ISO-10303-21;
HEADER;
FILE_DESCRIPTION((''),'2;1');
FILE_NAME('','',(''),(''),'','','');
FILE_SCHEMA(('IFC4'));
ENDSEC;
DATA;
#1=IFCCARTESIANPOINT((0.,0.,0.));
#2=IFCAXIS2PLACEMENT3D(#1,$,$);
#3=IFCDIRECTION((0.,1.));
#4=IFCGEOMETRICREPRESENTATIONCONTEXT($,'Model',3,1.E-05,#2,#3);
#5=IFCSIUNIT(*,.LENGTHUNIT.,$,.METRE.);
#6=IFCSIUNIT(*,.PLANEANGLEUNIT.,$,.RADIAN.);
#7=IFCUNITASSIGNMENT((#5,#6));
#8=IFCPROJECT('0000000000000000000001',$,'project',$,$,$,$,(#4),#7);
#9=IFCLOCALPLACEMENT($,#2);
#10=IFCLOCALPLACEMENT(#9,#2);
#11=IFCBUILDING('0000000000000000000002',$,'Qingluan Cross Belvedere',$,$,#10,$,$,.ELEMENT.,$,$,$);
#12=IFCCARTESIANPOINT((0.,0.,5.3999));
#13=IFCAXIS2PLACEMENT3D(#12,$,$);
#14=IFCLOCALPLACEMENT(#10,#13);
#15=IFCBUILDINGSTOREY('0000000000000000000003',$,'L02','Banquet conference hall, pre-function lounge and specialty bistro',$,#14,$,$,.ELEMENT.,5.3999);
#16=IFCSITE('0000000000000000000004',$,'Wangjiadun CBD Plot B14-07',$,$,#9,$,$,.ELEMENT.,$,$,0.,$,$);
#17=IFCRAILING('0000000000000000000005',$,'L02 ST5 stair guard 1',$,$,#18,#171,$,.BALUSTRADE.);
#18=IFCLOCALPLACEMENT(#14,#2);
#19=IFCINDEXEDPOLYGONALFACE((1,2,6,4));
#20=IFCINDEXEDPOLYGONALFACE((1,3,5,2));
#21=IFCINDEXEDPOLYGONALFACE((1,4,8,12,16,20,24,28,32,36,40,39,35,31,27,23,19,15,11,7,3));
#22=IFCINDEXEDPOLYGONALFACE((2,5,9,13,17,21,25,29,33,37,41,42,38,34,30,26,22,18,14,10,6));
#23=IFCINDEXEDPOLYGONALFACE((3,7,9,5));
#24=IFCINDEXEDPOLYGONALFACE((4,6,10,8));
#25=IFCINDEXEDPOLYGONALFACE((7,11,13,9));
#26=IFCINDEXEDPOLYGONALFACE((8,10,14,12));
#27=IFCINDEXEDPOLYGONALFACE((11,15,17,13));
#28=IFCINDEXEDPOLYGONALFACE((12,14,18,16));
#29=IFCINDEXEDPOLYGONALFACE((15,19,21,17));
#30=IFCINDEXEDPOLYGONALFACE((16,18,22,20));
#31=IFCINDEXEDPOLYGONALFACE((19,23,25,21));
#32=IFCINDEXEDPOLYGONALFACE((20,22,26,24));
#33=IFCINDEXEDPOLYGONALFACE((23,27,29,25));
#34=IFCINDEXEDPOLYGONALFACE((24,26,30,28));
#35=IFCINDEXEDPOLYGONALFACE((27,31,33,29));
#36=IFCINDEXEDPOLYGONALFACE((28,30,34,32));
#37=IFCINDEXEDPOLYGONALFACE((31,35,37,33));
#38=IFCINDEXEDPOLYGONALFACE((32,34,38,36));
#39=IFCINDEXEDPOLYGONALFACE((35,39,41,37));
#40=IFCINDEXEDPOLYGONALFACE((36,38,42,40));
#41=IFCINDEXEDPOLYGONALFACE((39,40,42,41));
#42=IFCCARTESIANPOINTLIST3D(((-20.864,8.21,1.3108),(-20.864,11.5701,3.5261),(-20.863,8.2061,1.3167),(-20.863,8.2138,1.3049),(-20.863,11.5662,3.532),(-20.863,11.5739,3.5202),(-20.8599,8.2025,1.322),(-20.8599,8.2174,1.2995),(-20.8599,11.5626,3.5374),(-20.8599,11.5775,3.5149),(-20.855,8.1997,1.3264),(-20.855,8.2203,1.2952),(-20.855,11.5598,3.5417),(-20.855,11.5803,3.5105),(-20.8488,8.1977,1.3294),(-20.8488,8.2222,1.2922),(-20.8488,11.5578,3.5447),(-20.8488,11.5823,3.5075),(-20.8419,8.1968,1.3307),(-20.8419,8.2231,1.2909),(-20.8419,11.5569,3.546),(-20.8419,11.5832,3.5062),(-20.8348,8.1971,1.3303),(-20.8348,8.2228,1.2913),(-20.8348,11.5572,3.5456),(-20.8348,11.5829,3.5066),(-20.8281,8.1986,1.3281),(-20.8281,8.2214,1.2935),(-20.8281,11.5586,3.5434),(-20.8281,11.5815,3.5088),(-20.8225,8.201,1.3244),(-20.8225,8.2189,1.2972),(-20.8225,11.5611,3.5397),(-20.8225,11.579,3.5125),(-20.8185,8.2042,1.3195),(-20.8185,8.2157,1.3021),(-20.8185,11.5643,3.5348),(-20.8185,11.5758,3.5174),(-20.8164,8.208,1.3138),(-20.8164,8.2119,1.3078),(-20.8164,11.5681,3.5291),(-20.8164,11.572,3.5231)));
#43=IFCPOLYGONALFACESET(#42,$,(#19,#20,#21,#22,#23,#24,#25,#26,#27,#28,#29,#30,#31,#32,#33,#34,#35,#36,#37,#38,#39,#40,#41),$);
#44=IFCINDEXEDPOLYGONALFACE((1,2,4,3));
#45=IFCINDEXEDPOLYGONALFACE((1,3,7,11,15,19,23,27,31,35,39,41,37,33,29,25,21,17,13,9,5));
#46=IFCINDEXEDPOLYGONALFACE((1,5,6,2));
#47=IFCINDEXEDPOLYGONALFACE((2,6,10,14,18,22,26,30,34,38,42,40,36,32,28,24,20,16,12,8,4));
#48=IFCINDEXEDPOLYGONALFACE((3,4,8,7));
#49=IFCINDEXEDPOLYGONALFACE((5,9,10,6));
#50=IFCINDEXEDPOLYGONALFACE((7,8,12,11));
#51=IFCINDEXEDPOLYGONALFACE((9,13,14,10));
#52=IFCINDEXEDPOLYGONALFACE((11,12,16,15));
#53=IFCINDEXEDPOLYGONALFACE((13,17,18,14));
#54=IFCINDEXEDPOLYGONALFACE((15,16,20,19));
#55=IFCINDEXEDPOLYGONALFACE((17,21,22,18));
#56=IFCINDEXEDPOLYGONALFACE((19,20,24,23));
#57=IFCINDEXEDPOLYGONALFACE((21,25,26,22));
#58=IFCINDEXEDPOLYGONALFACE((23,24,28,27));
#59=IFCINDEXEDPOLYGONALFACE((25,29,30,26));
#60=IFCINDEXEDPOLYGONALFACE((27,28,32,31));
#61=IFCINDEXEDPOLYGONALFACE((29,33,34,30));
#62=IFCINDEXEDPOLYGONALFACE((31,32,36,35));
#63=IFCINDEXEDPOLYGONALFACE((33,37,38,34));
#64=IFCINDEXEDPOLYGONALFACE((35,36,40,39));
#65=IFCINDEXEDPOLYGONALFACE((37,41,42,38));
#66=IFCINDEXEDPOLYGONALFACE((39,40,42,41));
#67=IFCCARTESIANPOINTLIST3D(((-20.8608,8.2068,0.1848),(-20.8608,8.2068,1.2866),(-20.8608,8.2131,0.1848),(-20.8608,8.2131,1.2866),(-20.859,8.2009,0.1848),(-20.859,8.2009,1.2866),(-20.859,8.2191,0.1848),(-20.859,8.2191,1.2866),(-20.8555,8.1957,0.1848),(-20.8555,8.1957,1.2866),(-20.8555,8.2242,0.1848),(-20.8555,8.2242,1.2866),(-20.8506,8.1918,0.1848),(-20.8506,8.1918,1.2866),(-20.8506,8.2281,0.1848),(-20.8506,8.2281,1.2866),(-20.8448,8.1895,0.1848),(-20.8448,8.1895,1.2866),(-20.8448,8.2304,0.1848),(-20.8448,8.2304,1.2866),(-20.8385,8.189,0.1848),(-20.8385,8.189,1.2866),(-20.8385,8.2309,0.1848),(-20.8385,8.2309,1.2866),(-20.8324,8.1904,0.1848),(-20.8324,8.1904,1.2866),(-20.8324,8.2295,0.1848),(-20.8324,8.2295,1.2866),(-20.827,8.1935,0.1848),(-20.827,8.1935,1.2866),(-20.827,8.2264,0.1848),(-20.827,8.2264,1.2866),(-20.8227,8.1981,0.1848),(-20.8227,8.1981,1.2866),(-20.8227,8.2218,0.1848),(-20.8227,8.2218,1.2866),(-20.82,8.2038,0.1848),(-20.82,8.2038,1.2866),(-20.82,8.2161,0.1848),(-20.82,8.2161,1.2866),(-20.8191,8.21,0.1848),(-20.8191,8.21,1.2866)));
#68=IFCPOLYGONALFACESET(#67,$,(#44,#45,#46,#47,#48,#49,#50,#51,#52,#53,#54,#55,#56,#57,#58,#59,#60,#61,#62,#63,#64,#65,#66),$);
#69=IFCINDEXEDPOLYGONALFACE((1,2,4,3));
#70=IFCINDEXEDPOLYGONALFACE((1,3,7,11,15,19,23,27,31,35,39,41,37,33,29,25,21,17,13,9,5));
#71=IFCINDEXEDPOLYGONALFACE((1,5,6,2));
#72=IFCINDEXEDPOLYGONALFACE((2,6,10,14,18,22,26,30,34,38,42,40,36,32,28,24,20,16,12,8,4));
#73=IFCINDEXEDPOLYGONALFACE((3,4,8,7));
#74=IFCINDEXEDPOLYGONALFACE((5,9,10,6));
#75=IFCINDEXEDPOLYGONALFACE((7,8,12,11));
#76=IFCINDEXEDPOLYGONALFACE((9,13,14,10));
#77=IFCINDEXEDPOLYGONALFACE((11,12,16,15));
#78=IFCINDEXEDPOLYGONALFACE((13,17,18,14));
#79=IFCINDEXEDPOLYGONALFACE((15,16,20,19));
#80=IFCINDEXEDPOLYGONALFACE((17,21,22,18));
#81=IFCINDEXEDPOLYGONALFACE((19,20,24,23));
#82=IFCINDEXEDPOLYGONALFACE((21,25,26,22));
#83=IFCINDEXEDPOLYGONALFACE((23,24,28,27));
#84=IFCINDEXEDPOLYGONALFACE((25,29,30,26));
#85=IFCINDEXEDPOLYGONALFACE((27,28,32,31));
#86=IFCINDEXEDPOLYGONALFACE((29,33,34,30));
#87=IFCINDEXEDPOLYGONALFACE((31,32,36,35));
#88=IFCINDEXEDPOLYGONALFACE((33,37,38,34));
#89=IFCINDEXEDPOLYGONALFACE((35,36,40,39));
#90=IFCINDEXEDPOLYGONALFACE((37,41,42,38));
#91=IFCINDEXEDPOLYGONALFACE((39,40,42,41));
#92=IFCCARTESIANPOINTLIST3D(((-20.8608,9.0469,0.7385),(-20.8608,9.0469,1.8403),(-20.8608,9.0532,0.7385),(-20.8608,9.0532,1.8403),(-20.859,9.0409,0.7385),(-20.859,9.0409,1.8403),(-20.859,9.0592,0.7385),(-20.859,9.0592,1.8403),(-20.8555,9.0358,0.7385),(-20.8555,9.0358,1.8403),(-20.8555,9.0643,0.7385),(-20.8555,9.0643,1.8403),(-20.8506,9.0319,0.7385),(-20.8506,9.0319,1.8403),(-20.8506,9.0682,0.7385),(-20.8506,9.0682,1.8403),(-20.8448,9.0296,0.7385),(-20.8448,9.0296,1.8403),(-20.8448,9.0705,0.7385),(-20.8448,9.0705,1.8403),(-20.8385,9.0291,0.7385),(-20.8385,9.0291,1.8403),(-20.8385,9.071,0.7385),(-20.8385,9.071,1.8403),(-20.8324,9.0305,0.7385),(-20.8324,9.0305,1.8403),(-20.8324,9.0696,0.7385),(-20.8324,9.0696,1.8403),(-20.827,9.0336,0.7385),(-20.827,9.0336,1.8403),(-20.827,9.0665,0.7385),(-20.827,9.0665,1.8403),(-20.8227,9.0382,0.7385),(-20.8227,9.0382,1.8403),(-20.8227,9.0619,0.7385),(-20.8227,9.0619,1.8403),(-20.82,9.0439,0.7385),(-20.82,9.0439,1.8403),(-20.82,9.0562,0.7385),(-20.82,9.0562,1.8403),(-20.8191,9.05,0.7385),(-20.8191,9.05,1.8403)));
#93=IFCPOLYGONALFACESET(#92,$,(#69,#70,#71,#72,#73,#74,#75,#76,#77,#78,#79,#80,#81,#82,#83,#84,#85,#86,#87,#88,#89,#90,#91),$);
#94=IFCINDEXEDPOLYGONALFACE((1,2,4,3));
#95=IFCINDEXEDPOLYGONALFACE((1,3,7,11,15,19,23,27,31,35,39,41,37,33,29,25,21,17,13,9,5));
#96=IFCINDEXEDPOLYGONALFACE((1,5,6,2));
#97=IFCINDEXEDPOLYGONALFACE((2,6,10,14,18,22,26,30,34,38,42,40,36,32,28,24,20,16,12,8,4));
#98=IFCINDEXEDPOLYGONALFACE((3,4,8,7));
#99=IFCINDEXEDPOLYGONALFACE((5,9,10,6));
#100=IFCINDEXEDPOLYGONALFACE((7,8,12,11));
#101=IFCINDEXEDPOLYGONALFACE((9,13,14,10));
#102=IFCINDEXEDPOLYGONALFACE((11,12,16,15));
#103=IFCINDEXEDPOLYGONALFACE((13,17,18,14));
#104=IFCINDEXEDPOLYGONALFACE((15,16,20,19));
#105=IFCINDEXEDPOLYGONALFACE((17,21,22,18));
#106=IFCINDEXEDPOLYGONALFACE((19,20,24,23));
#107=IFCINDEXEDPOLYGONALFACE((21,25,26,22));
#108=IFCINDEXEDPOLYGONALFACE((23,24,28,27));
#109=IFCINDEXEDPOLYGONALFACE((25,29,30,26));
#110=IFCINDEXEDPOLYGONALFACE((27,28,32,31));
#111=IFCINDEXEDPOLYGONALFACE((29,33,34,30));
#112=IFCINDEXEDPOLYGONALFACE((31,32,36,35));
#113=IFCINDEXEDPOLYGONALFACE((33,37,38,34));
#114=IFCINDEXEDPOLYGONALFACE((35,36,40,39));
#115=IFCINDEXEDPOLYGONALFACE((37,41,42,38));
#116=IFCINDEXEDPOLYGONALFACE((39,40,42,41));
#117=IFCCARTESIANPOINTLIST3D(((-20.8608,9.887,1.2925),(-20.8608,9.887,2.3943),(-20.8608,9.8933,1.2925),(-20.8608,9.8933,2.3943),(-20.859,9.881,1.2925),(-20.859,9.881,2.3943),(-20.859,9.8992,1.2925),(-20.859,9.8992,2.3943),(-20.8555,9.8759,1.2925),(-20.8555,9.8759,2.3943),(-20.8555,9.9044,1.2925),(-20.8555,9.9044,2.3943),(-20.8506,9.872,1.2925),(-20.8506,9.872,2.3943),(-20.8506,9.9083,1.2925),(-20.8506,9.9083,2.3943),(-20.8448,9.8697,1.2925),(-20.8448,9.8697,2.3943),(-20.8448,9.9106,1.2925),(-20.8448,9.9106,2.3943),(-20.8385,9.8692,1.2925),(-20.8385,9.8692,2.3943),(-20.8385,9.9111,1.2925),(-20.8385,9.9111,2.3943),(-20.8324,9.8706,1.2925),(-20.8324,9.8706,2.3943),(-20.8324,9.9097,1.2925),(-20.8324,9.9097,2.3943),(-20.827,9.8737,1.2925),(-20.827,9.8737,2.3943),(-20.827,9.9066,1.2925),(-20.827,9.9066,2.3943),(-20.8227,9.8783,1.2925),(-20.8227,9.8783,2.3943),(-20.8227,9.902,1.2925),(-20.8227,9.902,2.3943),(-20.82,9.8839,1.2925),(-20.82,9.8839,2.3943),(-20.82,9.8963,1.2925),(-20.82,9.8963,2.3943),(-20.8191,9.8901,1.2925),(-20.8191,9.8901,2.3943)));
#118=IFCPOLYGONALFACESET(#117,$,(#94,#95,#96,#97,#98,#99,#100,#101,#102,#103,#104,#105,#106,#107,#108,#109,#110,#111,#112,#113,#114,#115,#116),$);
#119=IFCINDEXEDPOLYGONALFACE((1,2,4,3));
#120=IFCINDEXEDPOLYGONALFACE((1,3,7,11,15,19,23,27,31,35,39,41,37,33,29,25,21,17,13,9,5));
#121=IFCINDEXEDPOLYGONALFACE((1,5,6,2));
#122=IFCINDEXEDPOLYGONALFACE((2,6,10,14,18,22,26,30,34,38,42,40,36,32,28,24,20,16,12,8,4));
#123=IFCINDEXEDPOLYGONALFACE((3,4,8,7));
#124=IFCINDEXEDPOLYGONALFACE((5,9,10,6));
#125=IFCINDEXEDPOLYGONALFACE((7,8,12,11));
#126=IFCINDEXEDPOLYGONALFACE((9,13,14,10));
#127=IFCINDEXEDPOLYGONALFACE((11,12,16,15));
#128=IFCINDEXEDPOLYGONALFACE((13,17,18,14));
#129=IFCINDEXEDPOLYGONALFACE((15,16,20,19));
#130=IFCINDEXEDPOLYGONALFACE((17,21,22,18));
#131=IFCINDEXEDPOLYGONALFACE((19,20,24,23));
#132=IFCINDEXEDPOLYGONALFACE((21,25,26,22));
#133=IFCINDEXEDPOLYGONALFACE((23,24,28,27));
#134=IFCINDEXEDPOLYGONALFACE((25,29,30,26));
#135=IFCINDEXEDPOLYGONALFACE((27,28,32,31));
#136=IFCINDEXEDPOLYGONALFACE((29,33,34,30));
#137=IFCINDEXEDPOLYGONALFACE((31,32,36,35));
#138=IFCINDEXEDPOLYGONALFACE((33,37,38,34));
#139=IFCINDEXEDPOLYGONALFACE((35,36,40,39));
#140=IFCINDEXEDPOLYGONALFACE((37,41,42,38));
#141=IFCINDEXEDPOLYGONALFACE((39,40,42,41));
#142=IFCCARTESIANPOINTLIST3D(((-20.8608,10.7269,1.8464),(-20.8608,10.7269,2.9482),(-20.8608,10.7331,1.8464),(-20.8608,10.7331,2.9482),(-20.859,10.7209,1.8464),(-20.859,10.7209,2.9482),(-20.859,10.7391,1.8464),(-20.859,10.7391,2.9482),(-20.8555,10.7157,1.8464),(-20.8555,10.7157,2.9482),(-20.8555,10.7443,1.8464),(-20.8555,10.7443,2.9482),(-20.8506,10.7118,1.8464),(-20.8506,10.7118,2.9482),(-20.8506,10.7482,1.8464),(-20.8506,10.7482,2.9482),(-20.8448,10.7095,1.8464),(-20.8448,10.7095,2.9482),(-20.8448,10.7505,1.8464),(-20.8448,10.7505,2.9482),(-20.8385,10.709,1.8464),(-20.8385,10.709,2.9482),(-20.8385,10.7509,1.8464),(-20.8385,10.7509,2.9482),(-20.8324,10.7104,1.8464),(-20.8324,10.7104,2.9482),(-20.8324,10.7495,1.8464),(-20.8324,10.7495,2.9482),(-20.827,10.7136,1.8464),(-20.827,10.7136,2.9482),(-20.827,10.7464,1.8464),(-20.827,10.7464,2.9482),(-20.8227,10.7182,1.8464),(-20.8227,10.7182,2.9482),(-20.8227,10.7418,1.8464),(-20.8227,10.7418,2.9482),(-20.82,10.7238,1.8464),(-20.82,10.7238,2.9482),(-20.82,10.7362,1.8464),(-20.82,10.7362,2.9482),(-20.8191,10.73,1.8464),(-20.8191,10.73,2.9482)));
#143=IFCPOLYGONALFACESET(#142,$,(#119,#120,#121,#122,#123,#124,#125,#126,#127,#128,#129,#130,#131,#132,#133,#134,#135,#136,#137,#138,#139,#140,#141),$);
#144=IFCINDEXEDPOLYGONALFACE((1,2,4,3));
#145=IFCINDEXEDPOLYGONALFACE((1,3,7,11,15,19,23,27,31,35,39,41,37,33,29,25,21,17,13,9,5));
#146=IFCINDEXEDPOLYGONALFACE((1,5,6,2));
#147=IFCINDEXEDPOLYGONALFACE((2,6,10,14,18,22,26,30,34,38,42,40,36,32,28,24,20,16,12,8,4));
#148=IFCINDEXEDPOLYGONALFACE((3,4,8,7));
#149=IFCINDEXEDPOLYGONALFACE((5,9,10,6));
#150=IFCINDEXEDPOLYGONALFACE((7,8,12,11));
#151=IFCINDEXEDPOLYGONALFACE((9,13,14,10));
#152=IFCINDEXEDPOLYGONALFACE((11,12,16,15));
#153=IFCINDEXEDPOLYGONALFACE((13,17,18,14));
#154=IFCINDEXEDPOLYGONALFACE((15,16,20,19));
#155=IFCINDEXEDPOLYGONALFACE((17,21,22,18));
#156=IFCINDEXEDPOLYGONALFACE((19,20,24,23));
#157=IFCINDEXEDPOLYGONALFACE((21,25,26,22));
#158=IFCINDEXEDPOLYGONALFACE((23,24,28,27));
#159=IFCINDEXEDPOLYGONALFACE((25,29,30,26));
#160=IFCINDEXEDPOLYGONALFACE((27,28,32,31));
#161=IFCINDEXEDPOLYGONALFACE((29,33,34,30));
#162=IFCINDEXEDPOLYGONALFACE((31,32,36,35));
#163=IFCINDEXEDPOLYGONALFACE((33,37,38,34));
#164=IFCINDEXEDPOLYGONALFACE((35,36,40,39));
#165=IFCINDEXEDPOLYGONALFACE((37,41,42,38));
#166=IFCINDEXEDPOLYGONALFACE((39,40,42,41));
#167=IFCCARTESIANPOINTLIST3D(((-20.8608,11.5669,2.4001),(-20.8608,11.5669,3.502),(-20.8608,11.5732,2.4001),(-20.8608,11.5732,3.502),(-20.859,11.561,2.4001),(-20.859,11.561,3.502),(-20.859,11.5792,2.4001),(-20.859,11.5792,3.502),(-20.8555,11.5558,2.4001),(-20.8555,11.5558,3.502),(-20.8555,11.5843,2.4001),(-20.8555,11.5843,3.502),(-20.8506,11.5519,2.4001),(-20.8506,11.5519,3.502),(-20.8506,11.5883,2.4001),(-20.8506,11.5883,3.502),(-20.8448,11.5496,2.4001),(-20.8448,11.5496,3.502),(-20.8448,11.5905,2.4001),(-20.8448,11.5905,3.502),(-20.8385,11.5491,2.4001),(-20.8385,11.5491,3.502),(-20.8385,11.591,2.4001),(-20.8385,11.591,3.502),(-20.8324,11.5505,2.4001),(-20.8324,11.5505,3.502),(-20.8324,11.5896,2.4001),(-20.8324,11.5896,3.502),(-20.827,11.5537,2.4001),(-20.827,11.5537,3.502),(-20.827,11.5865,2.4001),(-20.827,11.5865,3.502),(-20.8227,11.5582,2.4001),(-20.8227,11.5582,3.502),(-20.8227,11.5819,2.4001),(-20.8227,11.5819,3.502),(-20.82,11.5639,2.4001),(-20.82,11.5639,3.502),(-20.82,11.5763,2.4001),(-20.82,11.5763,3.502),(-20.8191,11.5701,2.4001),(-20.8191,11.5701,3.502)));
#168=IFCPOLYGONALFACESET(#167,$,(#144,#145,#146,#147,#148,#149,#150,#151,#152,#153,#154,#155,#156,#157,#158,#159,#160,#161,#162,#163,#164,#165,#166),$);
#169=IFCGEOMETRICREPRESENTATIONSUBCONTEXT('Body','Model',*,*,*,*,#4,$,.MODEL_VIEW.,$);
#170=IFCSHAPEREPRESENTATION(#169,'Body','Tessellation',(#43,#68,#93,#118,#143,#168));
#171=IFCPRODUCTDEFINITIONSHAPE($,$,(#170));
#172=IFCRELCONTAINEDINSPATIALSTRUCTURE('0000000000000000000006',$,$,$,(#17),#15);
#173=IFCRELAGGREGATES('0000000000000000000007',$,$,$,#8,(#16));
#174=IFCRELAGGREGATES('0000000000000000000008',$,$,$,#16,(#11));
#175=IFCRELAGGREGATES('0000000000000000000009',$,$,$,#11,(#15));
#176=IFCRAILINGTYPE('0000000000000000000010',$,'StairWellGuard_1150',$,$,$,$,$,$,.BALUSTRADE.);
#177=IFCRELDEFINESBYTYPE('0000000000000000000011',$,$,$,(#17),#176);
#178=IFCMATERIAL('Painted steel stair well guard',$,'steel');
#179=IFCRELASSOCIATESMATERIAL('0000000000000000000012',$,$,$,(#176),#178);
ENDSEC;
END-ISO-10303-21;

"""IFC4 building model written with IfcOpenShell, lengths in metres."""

from ifc_helpers import new_model, si_unit, direction, frame, origin, origin_2d, place, context, subcontext, project, spatial, circle, extrude, material, type_object, element, save


model = new_model("IFC4")

# Units and contexts
model_context = context("Model", 3, precision=1e-05, world=origin(), true_north=direction((0.0, 1.0)))
body_context = subcontext(model_context, "Body", "Model", "MODEL_VIEW")
ifc_project = project(units=[si_unit("LENGTHUNIT", "METRE"), si_unit("PLANEANGLEUNIT", "RADIAN")], contexts=[model_context])

# Site, building, storey
site_placement = place(None, origin())
site = spatial("IfcSite", under=ifc_project, at=site_placement, Name="Wangjiadun CBD Plot B14-07", CompositionType="ELEMENT", RefElevation=0.0)
building_placement = place(site_placement, origin())
building = spatial("IfcBuilding", under=site, at=building_placement, Name="Qingluan Cross Belvedere", CompositionType="ELEMENT")
storey_placement = place(building_placement, frame((0.0, 0.0, 5.3999)))
storey = spatial("IfcBuildingStorey", under=building, at=storey_placement, Name="L02", Description="Banquet conference hall, pre-function lounge and specialty bistro", CompositionType="ELEMENT", Elevation=5.3999)

# Railing
ifc_material_1 = material(Name="Painted steel stair well guard", Category="steel")
railing_type_1 = type_object("IfcRailingType", Name="StairWellGuard_1150", PredefinedType="BALUSTRADE", material=ifc_material_1)
railing_1_placement = place(storey_placement, frame((-20.8401, 8.21, 0.1848)))
element("IfcRailing", 1, at=railing_1_placement, inside=storey, type_object=railing_type_1, Name="L02 ST5 stair guard 1", PredefinedType="BALUSTRADE", context=body_context, shape_type="SweptSolid", body=[
    extrude(circle(Radius=0.0239, at=origin_2d()), frame((0.0, 0.0, 1.126), z_axis=(0.0, 0.834876, 0.550437), x_axis=(-1.0, 0.0, 0.0)), (0.0, 0.0, 1.0), 4.0247),
    extrude(circle(Radius=0.021, at=origin_2d()), origin(), (0.0, 0.0, 1.0), 1.1018),
    extrude(circle(Radius=0.021, at=origin_2d()), frame((0.0, 0.8401, 0.5537)), (0.0, 0.0, 1.0), 1.1018),
    extrude(circle(Radius=0.021, at=origin_2d()), frame((0.0, 1.6802, 1.1077)), (0.0, 0.0, 1.0), 1.1018),
    extrude(circle(Radius=0.021, at=origin_2d()), frame((0.0, 2.52, 1.6616)), (0.0, 0.0, 1.0), 1.1018),
    extrude(circle(Radius=0.021, at=origin_2d()), frame((0.0, 3.3601, 2.2153)), (0.0, 0.0, 1.0), 1.1018),
])

save(model, "model.ifc")
